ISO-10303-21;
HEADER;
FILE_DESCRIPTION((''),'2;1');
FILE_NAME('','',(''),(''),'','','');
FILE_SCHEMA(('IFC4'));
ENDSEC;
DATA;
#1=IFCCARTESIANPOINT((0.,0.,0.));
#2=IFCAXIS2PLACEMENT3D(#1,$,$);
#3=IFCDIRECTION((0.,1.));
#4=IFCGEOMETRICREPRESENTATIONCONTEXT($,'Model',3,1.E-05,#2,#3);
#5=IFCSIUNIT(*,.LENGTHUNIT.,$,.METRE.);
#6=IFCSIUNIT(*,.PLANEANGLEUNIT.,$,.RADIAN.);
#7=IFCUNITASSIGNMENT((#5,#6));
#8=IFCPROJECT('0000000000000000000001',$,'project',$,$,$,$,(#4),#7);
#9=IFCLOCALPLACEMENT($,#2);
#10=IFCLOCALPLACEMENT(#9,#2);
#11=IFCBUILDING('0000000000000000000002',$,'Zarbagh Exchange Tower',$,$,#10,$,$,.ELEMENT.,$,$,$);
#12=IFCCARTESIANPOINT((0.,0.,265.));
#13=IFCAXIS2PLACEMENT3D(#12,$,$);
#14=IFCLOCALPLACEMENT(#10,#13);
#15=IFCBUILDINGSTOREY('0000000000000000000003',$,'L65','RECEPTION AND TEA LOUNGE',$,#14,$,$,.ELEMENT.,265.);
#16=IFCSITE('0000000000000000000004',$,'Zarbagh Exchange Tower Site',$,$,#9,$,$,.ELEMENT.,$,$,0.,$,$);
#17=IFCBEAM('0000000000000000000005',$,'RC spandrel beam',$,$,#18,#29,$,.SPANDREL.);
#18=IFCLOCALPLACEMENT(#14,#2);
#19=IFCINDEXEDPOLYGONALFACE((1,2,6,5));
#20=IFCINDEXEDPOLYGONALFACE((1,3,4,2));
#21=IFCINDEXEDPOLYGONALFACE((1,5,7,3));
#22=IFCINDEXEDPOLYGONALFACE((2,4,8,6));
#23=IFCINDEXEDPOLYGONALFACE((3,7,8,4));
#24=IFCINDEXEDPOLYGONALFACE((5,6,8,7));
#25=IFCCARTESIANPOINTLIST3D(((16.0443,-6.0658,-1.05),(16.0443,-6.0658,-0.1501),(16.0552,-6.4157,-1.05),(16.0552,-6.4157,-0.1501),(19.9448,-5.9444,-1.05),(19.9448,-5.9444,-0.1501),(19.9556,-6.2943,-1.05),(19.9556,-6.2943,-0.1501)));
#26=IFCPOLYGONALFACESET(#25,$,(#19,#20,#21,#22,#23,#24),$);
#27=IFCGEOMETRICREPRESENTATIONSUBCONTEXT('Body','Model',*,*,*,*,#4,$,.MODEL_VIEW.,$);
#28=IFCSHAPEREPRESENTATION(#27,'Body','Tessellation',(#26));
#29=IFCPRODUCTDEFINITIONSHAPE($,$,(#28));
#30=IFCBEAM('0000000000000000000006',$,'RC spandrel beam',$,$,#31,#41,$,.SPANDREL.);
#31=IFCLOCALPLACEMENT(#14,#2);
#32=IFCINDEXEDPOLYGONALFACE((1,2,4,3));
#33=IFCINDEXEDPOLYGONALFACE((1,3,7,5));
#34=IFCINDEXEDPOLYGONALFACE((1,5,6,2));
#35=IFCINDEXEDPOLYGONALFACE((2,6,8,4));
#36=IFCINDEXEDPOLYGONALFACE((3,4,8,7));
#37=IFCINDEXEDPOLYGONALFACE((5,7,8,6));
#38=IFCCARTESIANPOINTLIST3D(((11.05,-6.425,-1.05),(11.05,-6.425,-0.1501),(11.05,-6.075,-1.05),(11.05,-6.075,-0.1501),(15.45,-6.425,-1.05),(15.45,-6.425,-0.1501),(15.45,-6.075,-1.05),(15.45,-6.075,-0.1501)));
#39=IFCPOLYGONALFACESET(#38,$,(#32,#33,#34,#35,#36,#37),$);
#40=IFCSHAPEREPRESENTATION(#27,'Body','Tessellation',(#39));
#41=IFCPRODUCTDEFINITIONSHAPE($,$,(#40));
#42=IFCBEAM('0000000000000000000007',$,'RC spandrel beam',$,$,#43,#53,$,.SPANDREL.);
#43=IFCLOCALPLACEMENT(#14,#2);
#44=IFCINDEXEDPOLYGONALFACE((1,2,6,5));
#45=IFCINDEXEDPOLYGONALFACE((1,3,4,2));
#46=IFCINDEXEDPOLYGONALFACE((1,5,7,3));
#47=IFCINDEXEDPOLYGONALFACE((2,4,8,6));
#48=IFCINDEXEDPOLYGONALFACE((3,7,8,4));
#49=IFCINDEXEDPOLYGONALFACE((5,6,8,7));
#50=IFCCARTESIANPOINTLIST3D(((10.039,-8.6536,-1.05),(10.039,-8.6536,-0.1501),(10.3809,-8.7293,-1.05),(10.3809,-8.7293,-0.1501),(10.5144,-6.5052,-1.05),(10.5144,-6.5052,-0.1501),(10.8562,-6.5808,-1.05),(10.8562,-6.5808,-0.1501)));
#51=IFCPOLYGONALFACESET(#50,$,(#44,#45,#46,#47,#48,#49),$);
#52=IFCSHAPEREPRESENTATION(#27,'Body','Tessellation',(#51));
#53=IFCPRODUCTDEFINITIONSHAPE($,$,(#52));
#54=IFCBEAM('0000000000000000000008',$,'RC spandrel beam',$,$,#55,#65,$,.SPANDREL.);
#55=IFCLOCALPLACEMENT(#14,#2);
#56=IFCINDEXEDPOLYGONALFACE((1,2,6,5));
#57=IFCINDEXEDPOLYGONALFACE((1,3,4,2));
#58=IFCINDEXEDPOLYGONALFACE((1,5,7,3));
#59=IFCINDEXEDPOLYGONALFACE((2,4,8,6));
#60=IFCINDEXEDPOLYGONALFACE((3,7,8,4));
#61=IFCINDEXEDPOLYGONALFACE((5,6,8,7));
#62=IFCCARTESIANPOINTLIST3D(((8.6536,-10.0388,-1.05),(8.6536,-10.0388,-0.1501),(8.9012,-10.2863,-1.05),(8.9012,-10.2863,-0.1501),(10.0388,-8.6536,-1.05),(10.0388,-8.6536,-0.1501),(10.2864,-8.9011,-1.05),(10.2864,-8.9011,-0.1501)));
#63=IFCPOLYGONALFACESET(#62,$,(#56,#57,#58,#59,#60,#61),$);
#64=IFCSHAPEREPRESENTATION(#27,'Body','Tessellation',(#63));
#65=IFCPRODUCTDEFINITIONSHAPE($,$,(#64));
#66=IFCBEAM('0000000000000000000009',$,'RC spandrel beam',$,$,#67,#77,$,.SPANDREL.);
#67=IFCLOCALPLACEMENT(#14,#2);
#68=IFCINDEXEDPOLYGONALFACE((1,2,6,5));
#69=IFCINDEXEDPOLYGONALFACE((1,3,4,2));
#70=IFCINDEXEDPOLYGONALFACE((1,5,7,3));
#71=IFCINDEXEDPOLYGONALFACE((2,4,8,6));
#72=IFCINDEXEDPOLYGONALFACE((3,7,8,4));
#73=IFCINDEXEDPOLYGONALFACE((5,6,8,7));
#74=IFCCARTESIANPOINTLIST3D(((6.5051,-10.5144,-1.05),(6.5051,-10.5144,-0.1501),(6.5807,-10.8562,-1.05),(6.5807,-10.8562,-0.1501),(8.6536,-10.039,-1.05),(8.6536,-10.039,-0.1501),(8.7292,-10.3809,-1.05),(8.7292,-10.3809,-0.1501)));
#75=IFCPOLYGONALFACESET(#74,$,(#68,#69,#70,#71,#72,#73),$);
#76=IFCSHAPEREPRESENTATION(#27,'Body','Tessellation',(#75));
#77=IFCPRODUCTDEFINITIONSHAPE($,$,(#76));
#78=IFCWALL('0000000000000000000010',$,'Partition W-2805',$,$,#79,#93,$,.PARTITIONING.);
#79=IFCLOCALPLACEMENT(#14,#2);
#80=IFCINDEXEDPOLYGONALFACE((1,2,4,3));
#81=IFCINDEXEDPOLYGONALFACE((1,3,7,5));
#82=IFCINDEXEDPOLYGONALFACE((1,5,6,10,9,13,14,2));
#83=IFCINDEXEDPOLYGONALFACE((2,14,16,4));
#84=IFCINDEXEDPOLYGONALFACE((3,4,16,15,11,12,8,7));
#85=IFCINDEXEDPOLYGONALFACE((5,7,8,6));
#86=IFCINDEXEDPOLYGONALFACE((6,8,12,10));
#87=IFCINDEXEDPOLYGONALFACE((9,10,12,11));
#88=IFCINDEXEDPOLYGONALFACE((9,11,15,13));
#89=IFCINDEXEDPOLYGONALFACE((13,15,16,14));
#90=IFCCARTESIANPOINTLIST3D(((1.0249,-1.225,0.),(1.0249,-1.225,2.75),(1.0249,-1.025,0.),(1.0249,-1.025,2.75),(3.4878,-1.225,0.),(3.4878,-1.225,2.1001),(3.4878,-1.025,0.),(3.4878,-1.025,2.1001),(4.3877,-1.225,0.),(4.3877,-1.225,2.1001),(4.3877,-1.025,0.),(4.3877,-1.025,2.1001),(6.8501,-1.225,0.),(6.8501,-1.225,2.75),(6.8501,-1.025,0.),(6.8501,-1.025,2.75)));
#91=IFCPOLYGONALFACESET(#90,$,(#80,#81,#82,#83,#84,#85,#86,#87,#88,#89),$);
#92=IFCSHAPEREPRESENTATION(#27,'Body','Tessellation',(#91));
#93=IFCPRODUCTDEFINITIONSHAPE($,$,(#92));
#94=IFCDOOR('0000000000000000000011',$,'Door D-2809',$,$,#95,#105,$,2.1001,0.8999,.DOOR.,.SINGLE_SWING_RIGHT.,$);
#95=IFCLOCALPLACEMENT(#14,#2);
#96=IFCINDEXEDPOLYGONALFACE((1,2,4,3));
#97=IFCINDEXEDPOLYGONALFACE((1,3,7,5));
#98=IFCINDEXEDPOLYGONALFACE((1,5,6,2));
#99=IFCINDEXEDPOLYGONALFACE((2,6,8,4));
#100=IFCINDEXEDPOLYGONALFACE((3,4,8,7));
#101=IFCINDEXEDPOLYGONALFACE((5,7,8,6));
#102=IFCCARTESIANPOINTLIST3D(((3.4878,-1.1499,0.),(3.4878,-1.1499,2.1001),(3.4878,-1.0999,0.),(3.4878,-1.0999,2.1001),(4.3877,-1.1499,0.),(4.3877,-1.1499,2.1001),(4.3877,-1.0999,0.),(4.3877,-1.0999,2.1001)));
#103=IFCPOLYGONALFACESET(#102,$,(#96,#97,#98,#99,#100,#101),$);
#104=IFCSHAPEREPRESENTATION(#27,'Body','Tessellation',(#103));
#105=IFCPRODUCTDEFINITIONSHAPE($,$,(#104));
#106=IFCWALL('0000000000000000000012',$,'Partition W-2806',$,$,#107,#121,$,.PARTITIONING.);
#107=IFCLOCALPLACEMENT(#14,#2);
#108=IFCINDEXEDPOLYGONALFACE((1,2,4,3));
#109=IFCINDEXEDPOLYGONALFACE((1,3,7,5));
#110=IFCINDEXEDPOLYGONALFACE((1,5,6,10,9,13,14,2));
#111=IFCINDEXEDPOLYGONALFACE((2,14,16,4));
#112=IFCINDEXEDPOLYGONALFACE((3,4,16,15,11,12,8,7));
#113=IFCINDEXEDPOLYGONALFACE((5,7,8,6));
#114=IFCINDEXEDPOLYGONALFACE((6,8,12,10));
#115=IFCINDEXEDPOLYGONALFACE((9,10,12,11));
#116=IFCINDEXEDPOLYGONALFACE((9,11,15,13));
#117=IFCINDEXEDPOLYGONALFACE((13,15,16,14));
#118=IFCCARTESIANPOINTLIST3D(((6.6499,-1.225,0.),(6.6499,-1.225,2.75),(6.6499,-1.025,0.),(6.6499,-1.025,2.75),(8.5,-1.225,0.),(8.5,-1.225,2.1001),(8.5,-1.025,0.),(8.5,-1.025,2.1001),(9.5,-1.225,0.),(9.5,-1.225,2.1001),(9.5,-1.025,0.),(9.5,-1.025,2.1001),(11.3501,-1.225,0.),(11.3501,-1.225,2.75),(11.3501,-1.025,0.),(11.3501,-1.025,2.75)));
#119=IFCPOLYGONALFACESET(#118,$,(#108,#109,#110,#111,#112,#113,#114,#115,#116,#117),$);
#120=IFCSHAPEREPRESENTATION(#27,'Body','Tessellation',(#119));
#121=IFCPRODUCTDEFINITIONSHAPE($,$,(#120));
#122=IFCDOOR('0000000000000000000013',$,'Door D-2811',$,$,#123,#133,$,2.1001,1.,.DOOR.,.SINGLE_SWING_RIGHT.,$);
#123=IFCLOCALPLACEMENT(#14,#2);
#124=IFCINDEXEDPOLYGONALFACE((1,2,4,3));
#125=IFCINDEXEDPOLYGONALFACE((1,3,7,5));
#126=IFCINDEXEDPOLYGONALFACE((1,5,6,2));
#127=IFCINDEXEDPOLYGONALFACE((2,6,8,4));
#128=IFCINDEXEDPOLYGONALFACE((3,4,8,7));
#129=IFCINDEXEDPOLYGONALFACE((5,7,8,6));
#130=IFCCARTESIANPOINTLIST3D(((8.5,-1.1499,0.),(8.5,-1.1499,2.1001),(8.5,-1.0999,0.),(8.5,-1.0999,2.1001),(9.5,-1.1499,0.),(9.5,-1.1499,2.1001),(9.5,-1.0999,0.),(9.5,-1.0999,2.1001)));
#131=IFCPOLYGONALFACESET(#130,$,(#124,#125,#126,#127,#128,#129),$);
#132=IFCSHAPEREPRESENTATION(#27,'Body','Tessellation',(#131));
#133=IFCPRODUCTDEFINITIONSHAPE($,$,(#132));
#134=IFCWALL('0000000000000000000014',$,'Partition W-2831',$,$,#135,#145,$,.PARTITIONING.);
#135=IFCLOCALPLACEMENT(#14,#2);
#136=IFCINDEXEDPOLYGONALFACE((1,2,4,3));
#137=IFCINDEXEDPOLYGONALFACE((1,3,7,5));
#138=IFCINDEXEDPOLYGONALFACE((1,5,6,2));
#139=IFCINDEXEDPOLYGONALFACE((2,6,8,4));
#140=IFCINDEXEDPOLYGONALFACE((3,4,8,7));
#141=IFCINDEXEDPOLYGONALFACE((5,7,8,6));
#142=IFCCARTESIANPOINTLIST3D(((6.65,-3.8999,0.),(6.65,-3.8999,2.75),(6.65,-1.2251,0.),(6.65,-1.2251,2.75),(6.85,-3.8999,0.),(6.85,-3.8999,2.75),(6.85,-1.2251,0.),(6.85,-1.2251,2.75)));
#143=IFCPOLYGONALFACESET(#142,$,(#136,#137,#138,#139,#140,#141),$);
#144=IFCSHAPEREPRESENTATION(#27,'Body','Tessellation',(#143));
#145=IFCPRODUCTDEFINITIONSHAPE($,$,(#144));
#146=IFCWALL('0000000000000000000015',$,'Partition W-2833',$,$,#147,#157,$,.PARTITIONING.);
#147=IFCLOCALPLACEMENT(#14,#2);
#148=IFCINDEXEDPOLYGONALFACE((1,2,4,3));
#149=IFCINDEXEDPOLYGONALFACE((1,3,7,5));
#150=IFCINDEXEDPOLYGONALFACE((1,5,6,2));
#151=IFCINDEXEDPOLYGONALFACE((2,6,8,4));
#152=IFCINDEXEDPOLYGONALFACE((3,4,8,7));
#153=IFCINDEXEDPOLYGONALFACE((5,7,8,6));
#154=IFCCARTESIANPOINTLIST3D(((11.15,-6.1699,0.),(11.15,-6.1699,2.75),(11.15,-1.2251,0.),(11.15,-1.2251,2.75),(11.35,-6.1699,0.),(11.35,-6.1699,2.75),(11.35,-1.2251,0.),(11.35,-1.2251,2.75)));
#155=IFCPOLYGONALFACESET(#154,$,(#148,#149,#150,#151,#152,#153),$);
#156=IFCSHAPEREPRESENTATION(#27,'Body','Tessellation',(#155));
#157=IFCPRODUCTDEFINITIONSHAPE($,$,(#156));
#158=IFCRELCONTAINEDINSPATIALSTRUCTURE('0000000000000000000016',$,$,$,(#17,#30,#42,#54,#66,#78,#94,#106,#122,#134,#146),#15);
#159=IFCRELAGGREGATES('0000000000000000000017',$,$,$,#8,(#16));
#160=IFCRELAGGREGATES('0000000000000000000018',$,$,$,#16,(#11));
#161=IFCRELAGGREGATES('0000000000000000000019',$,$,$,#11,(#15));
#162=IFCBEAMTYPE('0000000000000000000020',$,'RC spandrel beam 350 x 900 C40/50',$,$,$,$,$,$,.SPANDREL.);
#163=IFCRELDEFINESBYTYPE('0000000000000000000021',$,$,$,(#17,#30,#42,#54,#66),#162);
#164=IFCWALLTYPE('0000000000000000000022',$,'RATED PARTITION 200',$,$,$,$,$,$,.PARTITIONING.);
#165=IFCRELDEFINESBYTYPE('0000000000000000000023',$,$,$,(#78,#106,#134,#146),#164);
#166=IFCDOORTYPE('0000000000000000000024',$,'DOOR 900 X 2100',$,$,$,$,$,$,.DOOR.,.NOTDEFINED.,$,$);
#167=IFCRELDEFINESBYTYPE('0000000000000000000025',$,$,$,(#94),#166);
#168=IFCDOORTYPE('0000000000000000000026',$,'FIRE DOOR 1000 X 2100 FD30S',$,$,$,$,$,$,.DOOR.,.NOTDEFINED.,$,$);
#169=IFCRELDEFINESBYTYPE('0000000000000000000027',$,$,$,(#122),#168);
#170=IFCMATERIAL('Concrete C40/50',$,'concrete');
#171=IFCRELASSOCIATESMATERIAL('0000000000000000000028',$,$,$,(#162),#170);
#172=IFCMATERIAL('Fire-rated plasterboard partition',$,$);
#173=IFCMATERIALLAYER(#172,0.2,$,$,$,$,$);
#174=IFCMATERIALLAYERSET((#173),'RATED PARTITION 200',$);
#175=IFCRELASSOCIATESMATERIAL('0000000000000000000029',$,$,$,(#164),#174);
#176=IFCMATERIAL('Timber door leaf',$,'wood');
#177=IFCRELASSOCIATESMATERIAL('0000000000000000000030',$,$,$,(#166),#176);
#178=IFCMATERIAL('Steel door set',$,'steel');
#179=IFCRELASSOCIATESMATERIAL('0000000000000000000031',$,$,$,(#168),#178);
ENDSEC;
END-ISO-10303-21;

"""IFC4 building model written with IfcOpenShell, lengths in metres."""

from ifc_helpers import new_model, si_unit, direction, frame, frame_2d, origin, origin_2d, place, context, subcontext, project, spatial, rectangle, extrude, material, layer, layer_set, material_profile, profile_set, type_object, element, fill, save


model = new_model("IFC4")

# Units and contexts
model_context = context("Model", 3, precision=1e-05, world=origin(), true_north=direction((0.0, 1.0)))
body_context = subcontext(model_context, "Body", "Model", "MODEL_VIEW")
ifc_project = project(units=[si_unit("LENGTHUNIT", "METRE"), si_unit("PLANEANGLEUNIT", "RADIAN")], contexts=[model_context])

# Site, building, storey
site_placement = place(None, origin())
site = spatial("IfcSite", under=ifc_project, at=site_placement, Name="Zarbagh Exchange Tower Site", CompositionType="ELEMENT", RefElevation=0.0)
building_placement = place(site_placement, origin())
building = spatial("IfcBuilding", under=site, at=building_placement, Name="Zarbagh Exchange Tower", CompositionType="ELEMENT")
storey_placement = place(building_placement, frame((0.0, 0.0, 265.0)))
storey = spatial("IfcBuildingStorey", under=building, at=storey_placement, Name="L65", Description="RECEPTION AND TEA LOUNGE", CompositionType="ELEMENT", Elevation=265.0)

# Shared definitions
ifc_material_1 = material(Name="Concrete C40/50", Category="concrete")

# Beams
ifc_material_profile_1 = material_profile(ifc_material_1, rectangle(XDim=0.3501, YDim=0.8999, at=origin_2d()), Name="RC spandrel beam 350 x 900 C40/50")
ifc_profile_set_1 = profile_set([ifc_material_profile_1], Name="Concrete C40/50")
beam_type_1 = type_object("IfcBeamType", Name="RC spandrel beam 350 x 900 C40/50", PredefinedType="SPANDREL", material=ifc_profile_set_1)
beam_1_placement = place(storey_placement, frame((19.9502, -6.1194, -0.6001), z_axis=(-0.999516, -0.031094, 0.0), x_axis=(0.031094, -0.999516, 0.0)))
element("IfcBeam", 1, at=beam_1_placement, inside=storey, type_object=beam_type_1, Name="RC spandrel beam", PredefinedType="SPANDREL", context=body_context, shape_type="SweptSolid", body=[
    extrude(rectangle(XDim=0.3501, YDim=0.8999, at=origin_2d()), origin(), (0.0, 0.0, 1.0), 3.9023),
])
beam_2_placement = place(storey_placement, frame((15.45, -6.25, -0.6001), z_axis=(-1.0, 0.0, 0.0), x_axis=(0.0, -1.0, 0.0)))
element("IfcBeam", 2, at=beam_2_placement, inside=storey, type_object=beam_type_1, Name="RC spandrel beam", PredefinedType="SPANDREL", context=body_context, shape_type="SweptSolid", body=[
    extrude(rectangle(XDim=0.3501, YDim=0.8999, at=origin_2d()), origin(), (0.0, 0.0, 1.0), 4.3999),
])
beam_3_placement = place(storey_placement, frame((10.6853, -6.543, -0.6001), z_axis=(-0.216026, -0.976388, 0.0), x_axis=(0.976388, -0.216026, 0.0)))
element("IfcBeam", 3, at=beam_3_placement, inside=storey, type_object=beam_type_1, Name="RC spandrel beam", PredefinedType="SPANDREL", context=body_context, shape_type="SweptSolid", body=[
    extrude(rectangle(XDim=0.3501, YDim=0.8999, at=origin_2d()), origin(), (0.0, 0.0, 1.0), 2.2004),
])
beam_4_placement = place(storey_placement, frame((10.1626, -8.7773, -0.6001), z_axis=(-0.707107, -0.707107, 0.0), x_axis=(0.707107, -0.707107, 0.0)))
element("IfcBeam", 4, at=beam_4_placement, inside=storey, type_object=beam_type_1, Name="RC spandrel beam", PredefinedType="SPANDREL", context=body_context, shape_type="SweptSolid", body=[
    extrude(rectangle(XDim=0.3501, YDim=0.8999, at=origin_2d()), origin(), (0.0, 0.0, 1.0), 1.959),
])
beam_5_placement = place(storey_placement, frame((8.6914, -10.21, -0.6001), z_axis=(-0.976388, -0.216026, 0.0), x_axis=(0.216026, -0.976388, 0.0)))
element("IfcBeam", 5, at=beam_5_placement, inside=storey, type_object=beam_type_1, Name="RC spandrel beam", PredefinedType="SPANDREL", context=body_context, shape_type="SweptSolid", body=[
    extrude(rectangle(XDim=0.3501, YDim=0.8999, at=origin_2d()), origin(), (0.0, 0.0, 1.0), 2.2004),
])

# Walls, openings, doors
ifc_material_2 = material(Name="Fire-rated plasterboard partition")
ifc_layer = layer(ifc_material_2, 0.2)
ifc_layer_set = layer_set([ifc_layer], Name="RATED PARTITION 200")
wall_type = type_object("IfcWallType", Name="RATED PARTITION 200", PredefinedType="PARTITIONING", material=ifc_layer_set)
wall_1_placement = place(storey_placement, frame((6.8501, -1.125, 0.0), z_axis=(0.0, 0.0, 1.0), x_axis=(-1.0, 0.0, 0.0)))
wall_1 = element("IfcWall", 6, at=wall_1_placement, inside=storey, type_object=wall_type, Name="Partition W-2805", PredefinedType="PARTITIONING", context=body_context, shape_type="SweptSolid", body=[
    extrude(rectangle(XDim=5.8252, YDim=0.2, at=frame_2d((2.9126, 0.0))), origin(), (0.0, 0.0, 1.0), 2.75),
])
opening_1_placement = place(wall_1_placement, frame((2.4624, 0.0, 0.0)))
opening_1 = element("IfcOpeningElement", 7, at=opening_1_placement, cuts=wall_1, PredefinedType="OPENING", context=body_context, shape_type="SweptSolid", body=[
    extrude(rectangle(XDim=0.8999, YDim=2.1001, at=frame_2d((0.45, 1.05))), frame((0.0, 0.1099, 0.0), z_axis=(0.0, -1.0, 0.0), x_axis=(1.0, 0.0, 0.0)), (0.0, 0.0, 1.0), 0.22),
])
ifc_material_3 = material(Name="Timber door leaf", Category="wood")
door_type_1 = type_object("IfcDoorType", Name="DOOR 900 X 2100", OperationType="NOTDEFINED", PredefinedType="DOOR", material=ifc_material_3)
door_1_placement = place(opening_1_placement, origin())
door_1 = element("IfcDoor", 8, at=door_1_placement, inside=storey, type_object=door_type_1, Name="Door D-2809", OperationType="SINGLE_SWING_RIGHT", OverallHeight=2.1001, OverallWidth=0.8999, PredefinedType="DOOR", context=body_context, shape_type="SweptSolid", body=[
    extrude(rectangle(XDim=0.8999, YDim=2.1001, at=frame_2d((0.45, 1.05))), frame((0.0, 0.0249, 0.0), z_axis=(0.0, -1.0, 0.0), x_axis=(1.0, 0.0, 0.0)), (0.0, 0.0, 1.0), 0.05),
])
fill(opening_1, door_1)
wall_2_placement = place(storey_placement, frame((11.3501, -1.125, 0.0), z_axis=(0.0, 0.0, 1.0), x_axis=(-1.0, 0.0, 0.0)))
wall_2 = element("IfcWall", 9, at=wall_2_placement, inside=storey, type_object=wall_type, Name="Partition W-2806", PredefinedType="PARTITIONING", context=body_context, shape_type="SweptSolid", body=[
    extrude(rectangle(XDim=4.7002, YDim=0.2, at=frame_2d((2.3501, 0.0))), origin(), (0.0, 0.0, 1.0), 2.75),
])
opening_2_placement = place(wall_2_placement, frame((1.8501, 0.0, 0.0)))
opening_2 = element("IfcOpeningElement", 10, at=opening_2_placement, cuts=wall_2, PredefinedType="OPENING", context=body_context, shape_type="SweptSolid", body=[
    extrude(rectangle(XDim=1.0, YDim=2.1001, at=frame_2d((0.5, 1.05))), frame((0.0, 0.1099, 0.0), z_axis=(0.0, -1.0, 0.0), x_axis=(1.0, 0.0, 0.0)), (0.0, 0.0, 1.0), 0.22),
])
ifc_material_4 = material(Name="Steel door set", Category="steel")
door_type_2 = type_object("IfcDoorType", Name="FIRE DOOR 1000 X 2100 FD30S", OperationType="NOTDEFINED", PredefinedType="DOOR", material=ifc_material_4)
door_2_placement = place(opening_2_placement, origin())
door_2 = element("IfcDoor", 11, at=door_2_placement, inside=storey, type_object=door_type_2, Name="Door D-2811", OperationType="SINGLE_SWING_RIGHT", OverallHeight=2.1001, OverallWidth=1.0, PredefinedType="DOOR", context=body_context, shape_type="SweptSolid", body=[
    extrude(rectangle(XDim=1.0, YDim=2.1001, at=frame_2d((0.5, 1.05))), frame((0.0, 0.0249, 0.0), z_axis=(0.0, -1.0, 0.0), x_axis=(1.0, 0.0, 0.0)), (0.0, 0.0, 1.0), 0.05),
])
fill(opening_2, door_2)

# Walls
wall_3_placement = place(storey_placement, frame((6.75, -3.8999, 0.0), z_axis=(0.0, 0.0, 1.0), x_axis=(0.0, 1.0, 0.0)))
element("IfcWall", 12, at=wall_3_placement, inside=storey, type_object=wall_type, Name="Partition W-2831", PredefinedType="PARTITIONING", context=body_context, shape_type="SweptSolid", body=[
    extrude(rectangle(XDim=2.6748, YDim=0.2, at=frame_2d((1.3374, 0.0))), origin(), (0.0, 0.0, 1.0), 2.75),
])
wall_4_placement = place(storey_placement, frame((11.25, -6.1699, 0.0), z_axis=(0.0, 0.0, 1.0), x_axis=(0.0, 1.0, 0.0)))
element("IfcWall", 13, at=wall_4_placement, inside=storey, type_object=wall_type, Name="Partition W-2833", PredefinedType="PARTITIONING", context=body_context, shape_type="SweptSolid", body=[
    extrude(rectangle(XDim=4.9448, YDim=0.2, at=frame_2d((2.4724, 0.0))), origin(), (0.0, 0.0, 1.0), 2.75),
])

save(model, "model.ifc")
